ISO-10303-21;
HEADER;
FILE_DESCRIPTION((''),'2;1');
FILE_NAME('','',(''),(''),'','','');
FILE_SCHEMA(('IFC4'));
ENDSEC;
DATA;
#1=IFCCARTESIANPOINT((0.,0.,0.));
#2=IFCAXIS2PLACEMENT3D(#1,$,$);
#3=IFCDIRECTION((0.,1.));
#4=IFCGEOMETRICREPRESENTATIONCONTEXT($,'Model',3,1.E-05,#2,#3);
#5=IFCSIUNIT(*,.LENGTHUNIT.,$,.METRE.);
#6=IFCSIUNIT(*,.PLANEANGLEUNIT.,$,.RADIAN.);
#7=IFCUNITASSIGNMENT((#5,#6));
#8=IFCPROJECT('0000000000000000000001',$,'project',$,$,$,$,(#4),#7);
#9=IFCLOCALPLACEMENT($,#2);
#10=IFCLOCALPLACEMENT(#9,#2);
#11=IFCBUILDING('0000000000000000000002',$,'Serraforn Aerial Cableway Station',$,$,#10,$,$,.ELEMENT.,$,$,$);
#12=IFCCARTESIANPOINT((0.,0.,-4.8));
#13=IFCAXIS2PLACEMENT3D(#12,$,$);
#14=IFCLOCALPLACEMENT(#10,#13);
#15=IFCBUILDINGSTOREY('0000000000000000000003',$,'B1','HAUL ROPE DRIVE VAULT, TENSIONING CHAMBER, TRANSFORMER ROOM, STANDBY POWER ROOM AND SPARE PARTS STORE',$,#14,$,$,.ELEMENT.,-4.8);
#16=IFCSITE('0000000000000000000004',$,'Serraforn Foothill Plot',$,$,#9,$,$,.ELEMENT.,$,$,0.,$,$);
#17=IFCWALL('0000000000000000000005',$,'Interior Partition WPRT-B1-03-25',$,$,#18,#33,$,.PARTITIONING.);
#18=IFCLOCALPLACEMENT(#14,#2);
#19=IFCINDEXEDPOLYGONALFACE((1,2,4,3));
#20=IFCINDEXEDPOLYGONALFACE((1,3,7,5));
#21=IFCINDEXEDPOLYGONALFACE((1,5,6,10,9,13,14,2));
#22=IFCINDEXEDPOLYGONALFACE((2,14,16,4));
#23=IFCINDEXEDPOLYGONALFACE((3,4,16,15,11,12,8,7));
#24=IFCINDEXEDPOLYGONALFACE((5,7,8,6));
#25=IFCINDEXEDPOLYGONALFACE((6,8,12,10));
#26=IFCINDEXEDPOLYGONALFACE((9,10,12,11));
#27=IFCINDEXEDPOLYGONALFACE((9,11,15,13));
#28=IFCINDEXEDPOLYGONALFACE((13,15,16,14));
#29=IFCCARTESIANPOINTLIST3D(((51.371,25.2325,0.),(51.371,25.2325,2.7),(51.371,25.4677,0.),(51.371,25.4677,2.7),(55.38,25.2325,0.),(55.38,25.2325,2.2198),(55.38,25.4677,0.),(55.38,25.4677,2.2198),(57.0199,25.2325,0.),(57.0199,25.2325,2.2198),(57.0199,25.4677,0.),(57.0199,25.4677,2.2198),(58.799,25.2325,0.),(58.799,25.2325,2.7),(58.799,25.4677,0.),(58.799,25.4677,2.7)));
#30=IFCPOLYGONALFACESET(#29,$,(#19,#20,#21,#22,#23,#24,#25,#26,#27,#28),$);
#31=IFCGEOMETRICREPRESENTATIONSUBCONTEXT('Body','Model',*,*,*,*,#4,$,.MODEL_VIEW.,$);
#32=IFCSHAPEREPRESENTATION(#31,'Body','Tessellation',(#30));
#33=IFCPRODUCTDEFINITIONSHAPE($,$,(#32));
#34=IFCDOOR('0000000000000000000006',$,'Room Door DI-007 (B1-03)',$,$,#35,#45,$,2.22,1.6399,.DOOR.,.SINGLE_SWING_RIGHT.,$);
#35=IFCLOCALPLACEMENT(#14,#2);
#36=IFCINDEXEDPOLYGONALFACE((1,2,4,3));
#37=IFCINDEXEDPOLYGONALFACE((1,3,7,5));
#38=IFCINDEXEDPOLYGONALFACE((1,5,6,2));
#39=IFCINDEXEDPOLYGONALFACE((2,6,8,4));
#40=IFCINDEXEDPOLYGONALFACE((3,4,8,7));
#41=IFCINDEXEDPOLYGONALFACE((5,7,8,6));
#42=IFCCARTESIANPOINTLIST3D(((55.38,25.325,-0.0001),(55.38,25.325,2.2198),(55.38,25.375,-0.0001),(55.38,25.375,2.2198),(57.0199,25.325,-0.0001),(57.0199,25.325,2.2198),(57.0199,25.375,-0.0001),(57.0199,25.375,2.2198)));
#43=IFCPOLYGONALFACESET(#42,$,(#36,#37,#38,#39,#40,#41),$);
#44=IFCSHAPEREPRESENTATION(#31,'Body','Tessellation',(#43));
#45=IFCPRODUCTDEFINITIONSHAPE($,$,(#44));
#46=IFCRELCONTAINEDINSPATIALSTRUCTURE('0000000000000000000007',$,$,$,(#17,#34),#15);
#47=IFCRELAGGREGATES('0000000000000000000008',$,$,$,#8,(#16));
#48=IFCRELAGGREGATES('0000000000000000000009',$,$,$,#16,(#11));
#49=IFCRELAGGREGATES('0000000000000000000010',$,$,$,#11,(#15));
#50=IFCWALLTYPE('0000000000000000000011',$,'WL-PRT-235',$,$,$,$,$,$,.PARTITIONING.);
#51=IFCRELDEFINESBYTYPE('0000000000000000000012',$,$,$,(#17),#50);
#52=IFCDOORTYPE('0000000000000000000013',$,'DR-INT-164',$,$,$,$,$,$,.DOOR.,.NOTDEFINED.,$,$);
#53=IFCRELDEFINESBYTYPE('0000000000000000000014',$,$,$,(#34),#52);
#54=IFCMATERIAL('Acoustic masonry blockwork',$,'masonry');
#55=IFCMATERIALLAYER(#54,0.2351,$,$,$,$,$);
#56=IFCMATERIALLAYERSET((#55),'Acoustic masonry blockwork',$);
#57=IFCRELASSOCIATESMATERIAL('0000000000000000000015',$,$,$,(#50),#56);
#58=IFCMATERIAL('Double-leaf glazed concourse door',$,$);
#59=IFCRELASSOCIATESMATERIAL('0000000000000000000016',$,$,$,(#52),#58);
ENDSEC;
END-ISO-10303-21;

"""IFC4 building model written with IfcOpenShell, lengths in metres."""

from ifc_helpers import new_model, si_unit, direction, frame, frame_2d, origin, place, context, subcontext, project, spatial, rectangle, extrude, material, layer, layer_set, type_object, element, fill, save


model = new_model("IFC4")

# Units and contexts
model_context = context("Model", 3, precision=1e-05, world=origin(), true_north=direction((0.0, 1.0)))
body_context = subcontext(model_context, "Body", "Model", "MODEL_VIEW")
ifc_project = project(units=[si_unit("LENGTHUNIT", "METRE"), si_unit("PLANEANGLEUNIT", "RADIAN")], contexts=[model_context])

# Site, building, storey
site_placement = place(None, origin())
site = spatial("IfcSite", under=ifc_project, at=site_placement, Name="Serraforn Foothill Plot", CompositionType="ELEMENT", RefElevation=0.0)
building_placement = place(site_placement, origin())
building = spatial("IfcBuilding", under=site, at=building_placement, Name="Serraforn Aerial Cableway Station", CompositionType="ELEMENT")
storey_placement = place(building_placement, frame((0.0, 0.0, -4.8)))
storey = spatial("IfcBuildingStorey", under=building, at=storey_placement, Name="B1", Description="HAUL ROPE DRIVE VAULT, TENSIONING CHAMBER, TRANSFORMER ROOM, STANDBY POWER ROOM AND SPARE PARTS STORE", CompositionType="ELEMENT", Elevation=-4.8)

# Shared definitions
ifc_material_1 = material(Name="Acoustic masonry blockwork", Category="masonry")
ifc_layer_1 = layer(ifc_material_1, 0.2351)
ifc_layer_set_1 = layer_set([ifc_layer_1], Name="Acoustic masonry blockwork")
wall_type_1 = type_object("IfcWallType", Name="WL-PRT-235", PredefinedType="PARTITIONING", material=ifc_layer_set_1)

# Wall, opening, door
wall_1_placement = place(storey_placement, frame((51.3711, 25.3501, 0.0), z_axis=(0.0, 0.0, 1.0), x_axis=(1.0, 0.0, 0.0)))
wall_1 = element("IfcWall", 1, at=wall_1_placement, inside=storey, type_object=wall_type_1, Name="Interior Partition WPRT-B1-03-25", PredefinedType="PARTITIONING", context=body_context, shape_type="SweptSolid", body=[
    extrude(rectangle(XDim=7.428, YDim=0.2351, at=frame_2d((3.7139, 0.0))), origin(), (0.0, 0.0, 1.0), 2.7),
])
opening_1_placement = place(wall_1_placement, frame((4.009, 0.0, 0.0)))
opening_1 = element("IfcOpeningElement", 2, at=opening_1_placement, cuts=wall_1, PredefinedType="OPENING", context=body_context, shape_type="SweptSolid", body=[
    extrude(rectangle(XDim=1.6399, YDim=2.22, at=frame_2d((0.8198, 1.1099))), frame((0.0, 0.1274, 0.0), z_axis=(0.0, -1.0, 0.0), x_axis=(1.0, 0.0, 0.0)), (0.0, 0.0, 1.0), 0.2551),
])
ifc_material_2 = material(Name="Double-leaf glazed concourse door")
door_type_1 = type_object("IfcDoorType", Name="DR-INT-164", OperationType="NOTDEFINED", PredefinedType="DOOR", material=ifc_material_2)
door_1_placement = place(opening_1_placement, origin())
door_1 = element("IfcDoor", 3, at=door_1_placement, inside=storey, type_object=door_type_1, Name="Room Door DI-007 (B1-03)", OperationType="SINGLE_SWING_RIGHT", OverallHeight=2.22, OverallWidth=1.6399, PredefinedType="DOOR", context=body_context, shape_type="SweptSolid", body=[
    extrude(rectangle(XDim=1.6399, YDim=2.22, at=frame_2d((0.8198, 1.1099))), frame((0.0, 0.0249, 0.0), z_axis=(0.0, -1.0, 0.0), x_axis=(1.0, 0.0, 0.0)), (0.0, 0.0, 1.0), 0.05),
])
fill(opening_1, door_1)

save(model, "model.ifc")
